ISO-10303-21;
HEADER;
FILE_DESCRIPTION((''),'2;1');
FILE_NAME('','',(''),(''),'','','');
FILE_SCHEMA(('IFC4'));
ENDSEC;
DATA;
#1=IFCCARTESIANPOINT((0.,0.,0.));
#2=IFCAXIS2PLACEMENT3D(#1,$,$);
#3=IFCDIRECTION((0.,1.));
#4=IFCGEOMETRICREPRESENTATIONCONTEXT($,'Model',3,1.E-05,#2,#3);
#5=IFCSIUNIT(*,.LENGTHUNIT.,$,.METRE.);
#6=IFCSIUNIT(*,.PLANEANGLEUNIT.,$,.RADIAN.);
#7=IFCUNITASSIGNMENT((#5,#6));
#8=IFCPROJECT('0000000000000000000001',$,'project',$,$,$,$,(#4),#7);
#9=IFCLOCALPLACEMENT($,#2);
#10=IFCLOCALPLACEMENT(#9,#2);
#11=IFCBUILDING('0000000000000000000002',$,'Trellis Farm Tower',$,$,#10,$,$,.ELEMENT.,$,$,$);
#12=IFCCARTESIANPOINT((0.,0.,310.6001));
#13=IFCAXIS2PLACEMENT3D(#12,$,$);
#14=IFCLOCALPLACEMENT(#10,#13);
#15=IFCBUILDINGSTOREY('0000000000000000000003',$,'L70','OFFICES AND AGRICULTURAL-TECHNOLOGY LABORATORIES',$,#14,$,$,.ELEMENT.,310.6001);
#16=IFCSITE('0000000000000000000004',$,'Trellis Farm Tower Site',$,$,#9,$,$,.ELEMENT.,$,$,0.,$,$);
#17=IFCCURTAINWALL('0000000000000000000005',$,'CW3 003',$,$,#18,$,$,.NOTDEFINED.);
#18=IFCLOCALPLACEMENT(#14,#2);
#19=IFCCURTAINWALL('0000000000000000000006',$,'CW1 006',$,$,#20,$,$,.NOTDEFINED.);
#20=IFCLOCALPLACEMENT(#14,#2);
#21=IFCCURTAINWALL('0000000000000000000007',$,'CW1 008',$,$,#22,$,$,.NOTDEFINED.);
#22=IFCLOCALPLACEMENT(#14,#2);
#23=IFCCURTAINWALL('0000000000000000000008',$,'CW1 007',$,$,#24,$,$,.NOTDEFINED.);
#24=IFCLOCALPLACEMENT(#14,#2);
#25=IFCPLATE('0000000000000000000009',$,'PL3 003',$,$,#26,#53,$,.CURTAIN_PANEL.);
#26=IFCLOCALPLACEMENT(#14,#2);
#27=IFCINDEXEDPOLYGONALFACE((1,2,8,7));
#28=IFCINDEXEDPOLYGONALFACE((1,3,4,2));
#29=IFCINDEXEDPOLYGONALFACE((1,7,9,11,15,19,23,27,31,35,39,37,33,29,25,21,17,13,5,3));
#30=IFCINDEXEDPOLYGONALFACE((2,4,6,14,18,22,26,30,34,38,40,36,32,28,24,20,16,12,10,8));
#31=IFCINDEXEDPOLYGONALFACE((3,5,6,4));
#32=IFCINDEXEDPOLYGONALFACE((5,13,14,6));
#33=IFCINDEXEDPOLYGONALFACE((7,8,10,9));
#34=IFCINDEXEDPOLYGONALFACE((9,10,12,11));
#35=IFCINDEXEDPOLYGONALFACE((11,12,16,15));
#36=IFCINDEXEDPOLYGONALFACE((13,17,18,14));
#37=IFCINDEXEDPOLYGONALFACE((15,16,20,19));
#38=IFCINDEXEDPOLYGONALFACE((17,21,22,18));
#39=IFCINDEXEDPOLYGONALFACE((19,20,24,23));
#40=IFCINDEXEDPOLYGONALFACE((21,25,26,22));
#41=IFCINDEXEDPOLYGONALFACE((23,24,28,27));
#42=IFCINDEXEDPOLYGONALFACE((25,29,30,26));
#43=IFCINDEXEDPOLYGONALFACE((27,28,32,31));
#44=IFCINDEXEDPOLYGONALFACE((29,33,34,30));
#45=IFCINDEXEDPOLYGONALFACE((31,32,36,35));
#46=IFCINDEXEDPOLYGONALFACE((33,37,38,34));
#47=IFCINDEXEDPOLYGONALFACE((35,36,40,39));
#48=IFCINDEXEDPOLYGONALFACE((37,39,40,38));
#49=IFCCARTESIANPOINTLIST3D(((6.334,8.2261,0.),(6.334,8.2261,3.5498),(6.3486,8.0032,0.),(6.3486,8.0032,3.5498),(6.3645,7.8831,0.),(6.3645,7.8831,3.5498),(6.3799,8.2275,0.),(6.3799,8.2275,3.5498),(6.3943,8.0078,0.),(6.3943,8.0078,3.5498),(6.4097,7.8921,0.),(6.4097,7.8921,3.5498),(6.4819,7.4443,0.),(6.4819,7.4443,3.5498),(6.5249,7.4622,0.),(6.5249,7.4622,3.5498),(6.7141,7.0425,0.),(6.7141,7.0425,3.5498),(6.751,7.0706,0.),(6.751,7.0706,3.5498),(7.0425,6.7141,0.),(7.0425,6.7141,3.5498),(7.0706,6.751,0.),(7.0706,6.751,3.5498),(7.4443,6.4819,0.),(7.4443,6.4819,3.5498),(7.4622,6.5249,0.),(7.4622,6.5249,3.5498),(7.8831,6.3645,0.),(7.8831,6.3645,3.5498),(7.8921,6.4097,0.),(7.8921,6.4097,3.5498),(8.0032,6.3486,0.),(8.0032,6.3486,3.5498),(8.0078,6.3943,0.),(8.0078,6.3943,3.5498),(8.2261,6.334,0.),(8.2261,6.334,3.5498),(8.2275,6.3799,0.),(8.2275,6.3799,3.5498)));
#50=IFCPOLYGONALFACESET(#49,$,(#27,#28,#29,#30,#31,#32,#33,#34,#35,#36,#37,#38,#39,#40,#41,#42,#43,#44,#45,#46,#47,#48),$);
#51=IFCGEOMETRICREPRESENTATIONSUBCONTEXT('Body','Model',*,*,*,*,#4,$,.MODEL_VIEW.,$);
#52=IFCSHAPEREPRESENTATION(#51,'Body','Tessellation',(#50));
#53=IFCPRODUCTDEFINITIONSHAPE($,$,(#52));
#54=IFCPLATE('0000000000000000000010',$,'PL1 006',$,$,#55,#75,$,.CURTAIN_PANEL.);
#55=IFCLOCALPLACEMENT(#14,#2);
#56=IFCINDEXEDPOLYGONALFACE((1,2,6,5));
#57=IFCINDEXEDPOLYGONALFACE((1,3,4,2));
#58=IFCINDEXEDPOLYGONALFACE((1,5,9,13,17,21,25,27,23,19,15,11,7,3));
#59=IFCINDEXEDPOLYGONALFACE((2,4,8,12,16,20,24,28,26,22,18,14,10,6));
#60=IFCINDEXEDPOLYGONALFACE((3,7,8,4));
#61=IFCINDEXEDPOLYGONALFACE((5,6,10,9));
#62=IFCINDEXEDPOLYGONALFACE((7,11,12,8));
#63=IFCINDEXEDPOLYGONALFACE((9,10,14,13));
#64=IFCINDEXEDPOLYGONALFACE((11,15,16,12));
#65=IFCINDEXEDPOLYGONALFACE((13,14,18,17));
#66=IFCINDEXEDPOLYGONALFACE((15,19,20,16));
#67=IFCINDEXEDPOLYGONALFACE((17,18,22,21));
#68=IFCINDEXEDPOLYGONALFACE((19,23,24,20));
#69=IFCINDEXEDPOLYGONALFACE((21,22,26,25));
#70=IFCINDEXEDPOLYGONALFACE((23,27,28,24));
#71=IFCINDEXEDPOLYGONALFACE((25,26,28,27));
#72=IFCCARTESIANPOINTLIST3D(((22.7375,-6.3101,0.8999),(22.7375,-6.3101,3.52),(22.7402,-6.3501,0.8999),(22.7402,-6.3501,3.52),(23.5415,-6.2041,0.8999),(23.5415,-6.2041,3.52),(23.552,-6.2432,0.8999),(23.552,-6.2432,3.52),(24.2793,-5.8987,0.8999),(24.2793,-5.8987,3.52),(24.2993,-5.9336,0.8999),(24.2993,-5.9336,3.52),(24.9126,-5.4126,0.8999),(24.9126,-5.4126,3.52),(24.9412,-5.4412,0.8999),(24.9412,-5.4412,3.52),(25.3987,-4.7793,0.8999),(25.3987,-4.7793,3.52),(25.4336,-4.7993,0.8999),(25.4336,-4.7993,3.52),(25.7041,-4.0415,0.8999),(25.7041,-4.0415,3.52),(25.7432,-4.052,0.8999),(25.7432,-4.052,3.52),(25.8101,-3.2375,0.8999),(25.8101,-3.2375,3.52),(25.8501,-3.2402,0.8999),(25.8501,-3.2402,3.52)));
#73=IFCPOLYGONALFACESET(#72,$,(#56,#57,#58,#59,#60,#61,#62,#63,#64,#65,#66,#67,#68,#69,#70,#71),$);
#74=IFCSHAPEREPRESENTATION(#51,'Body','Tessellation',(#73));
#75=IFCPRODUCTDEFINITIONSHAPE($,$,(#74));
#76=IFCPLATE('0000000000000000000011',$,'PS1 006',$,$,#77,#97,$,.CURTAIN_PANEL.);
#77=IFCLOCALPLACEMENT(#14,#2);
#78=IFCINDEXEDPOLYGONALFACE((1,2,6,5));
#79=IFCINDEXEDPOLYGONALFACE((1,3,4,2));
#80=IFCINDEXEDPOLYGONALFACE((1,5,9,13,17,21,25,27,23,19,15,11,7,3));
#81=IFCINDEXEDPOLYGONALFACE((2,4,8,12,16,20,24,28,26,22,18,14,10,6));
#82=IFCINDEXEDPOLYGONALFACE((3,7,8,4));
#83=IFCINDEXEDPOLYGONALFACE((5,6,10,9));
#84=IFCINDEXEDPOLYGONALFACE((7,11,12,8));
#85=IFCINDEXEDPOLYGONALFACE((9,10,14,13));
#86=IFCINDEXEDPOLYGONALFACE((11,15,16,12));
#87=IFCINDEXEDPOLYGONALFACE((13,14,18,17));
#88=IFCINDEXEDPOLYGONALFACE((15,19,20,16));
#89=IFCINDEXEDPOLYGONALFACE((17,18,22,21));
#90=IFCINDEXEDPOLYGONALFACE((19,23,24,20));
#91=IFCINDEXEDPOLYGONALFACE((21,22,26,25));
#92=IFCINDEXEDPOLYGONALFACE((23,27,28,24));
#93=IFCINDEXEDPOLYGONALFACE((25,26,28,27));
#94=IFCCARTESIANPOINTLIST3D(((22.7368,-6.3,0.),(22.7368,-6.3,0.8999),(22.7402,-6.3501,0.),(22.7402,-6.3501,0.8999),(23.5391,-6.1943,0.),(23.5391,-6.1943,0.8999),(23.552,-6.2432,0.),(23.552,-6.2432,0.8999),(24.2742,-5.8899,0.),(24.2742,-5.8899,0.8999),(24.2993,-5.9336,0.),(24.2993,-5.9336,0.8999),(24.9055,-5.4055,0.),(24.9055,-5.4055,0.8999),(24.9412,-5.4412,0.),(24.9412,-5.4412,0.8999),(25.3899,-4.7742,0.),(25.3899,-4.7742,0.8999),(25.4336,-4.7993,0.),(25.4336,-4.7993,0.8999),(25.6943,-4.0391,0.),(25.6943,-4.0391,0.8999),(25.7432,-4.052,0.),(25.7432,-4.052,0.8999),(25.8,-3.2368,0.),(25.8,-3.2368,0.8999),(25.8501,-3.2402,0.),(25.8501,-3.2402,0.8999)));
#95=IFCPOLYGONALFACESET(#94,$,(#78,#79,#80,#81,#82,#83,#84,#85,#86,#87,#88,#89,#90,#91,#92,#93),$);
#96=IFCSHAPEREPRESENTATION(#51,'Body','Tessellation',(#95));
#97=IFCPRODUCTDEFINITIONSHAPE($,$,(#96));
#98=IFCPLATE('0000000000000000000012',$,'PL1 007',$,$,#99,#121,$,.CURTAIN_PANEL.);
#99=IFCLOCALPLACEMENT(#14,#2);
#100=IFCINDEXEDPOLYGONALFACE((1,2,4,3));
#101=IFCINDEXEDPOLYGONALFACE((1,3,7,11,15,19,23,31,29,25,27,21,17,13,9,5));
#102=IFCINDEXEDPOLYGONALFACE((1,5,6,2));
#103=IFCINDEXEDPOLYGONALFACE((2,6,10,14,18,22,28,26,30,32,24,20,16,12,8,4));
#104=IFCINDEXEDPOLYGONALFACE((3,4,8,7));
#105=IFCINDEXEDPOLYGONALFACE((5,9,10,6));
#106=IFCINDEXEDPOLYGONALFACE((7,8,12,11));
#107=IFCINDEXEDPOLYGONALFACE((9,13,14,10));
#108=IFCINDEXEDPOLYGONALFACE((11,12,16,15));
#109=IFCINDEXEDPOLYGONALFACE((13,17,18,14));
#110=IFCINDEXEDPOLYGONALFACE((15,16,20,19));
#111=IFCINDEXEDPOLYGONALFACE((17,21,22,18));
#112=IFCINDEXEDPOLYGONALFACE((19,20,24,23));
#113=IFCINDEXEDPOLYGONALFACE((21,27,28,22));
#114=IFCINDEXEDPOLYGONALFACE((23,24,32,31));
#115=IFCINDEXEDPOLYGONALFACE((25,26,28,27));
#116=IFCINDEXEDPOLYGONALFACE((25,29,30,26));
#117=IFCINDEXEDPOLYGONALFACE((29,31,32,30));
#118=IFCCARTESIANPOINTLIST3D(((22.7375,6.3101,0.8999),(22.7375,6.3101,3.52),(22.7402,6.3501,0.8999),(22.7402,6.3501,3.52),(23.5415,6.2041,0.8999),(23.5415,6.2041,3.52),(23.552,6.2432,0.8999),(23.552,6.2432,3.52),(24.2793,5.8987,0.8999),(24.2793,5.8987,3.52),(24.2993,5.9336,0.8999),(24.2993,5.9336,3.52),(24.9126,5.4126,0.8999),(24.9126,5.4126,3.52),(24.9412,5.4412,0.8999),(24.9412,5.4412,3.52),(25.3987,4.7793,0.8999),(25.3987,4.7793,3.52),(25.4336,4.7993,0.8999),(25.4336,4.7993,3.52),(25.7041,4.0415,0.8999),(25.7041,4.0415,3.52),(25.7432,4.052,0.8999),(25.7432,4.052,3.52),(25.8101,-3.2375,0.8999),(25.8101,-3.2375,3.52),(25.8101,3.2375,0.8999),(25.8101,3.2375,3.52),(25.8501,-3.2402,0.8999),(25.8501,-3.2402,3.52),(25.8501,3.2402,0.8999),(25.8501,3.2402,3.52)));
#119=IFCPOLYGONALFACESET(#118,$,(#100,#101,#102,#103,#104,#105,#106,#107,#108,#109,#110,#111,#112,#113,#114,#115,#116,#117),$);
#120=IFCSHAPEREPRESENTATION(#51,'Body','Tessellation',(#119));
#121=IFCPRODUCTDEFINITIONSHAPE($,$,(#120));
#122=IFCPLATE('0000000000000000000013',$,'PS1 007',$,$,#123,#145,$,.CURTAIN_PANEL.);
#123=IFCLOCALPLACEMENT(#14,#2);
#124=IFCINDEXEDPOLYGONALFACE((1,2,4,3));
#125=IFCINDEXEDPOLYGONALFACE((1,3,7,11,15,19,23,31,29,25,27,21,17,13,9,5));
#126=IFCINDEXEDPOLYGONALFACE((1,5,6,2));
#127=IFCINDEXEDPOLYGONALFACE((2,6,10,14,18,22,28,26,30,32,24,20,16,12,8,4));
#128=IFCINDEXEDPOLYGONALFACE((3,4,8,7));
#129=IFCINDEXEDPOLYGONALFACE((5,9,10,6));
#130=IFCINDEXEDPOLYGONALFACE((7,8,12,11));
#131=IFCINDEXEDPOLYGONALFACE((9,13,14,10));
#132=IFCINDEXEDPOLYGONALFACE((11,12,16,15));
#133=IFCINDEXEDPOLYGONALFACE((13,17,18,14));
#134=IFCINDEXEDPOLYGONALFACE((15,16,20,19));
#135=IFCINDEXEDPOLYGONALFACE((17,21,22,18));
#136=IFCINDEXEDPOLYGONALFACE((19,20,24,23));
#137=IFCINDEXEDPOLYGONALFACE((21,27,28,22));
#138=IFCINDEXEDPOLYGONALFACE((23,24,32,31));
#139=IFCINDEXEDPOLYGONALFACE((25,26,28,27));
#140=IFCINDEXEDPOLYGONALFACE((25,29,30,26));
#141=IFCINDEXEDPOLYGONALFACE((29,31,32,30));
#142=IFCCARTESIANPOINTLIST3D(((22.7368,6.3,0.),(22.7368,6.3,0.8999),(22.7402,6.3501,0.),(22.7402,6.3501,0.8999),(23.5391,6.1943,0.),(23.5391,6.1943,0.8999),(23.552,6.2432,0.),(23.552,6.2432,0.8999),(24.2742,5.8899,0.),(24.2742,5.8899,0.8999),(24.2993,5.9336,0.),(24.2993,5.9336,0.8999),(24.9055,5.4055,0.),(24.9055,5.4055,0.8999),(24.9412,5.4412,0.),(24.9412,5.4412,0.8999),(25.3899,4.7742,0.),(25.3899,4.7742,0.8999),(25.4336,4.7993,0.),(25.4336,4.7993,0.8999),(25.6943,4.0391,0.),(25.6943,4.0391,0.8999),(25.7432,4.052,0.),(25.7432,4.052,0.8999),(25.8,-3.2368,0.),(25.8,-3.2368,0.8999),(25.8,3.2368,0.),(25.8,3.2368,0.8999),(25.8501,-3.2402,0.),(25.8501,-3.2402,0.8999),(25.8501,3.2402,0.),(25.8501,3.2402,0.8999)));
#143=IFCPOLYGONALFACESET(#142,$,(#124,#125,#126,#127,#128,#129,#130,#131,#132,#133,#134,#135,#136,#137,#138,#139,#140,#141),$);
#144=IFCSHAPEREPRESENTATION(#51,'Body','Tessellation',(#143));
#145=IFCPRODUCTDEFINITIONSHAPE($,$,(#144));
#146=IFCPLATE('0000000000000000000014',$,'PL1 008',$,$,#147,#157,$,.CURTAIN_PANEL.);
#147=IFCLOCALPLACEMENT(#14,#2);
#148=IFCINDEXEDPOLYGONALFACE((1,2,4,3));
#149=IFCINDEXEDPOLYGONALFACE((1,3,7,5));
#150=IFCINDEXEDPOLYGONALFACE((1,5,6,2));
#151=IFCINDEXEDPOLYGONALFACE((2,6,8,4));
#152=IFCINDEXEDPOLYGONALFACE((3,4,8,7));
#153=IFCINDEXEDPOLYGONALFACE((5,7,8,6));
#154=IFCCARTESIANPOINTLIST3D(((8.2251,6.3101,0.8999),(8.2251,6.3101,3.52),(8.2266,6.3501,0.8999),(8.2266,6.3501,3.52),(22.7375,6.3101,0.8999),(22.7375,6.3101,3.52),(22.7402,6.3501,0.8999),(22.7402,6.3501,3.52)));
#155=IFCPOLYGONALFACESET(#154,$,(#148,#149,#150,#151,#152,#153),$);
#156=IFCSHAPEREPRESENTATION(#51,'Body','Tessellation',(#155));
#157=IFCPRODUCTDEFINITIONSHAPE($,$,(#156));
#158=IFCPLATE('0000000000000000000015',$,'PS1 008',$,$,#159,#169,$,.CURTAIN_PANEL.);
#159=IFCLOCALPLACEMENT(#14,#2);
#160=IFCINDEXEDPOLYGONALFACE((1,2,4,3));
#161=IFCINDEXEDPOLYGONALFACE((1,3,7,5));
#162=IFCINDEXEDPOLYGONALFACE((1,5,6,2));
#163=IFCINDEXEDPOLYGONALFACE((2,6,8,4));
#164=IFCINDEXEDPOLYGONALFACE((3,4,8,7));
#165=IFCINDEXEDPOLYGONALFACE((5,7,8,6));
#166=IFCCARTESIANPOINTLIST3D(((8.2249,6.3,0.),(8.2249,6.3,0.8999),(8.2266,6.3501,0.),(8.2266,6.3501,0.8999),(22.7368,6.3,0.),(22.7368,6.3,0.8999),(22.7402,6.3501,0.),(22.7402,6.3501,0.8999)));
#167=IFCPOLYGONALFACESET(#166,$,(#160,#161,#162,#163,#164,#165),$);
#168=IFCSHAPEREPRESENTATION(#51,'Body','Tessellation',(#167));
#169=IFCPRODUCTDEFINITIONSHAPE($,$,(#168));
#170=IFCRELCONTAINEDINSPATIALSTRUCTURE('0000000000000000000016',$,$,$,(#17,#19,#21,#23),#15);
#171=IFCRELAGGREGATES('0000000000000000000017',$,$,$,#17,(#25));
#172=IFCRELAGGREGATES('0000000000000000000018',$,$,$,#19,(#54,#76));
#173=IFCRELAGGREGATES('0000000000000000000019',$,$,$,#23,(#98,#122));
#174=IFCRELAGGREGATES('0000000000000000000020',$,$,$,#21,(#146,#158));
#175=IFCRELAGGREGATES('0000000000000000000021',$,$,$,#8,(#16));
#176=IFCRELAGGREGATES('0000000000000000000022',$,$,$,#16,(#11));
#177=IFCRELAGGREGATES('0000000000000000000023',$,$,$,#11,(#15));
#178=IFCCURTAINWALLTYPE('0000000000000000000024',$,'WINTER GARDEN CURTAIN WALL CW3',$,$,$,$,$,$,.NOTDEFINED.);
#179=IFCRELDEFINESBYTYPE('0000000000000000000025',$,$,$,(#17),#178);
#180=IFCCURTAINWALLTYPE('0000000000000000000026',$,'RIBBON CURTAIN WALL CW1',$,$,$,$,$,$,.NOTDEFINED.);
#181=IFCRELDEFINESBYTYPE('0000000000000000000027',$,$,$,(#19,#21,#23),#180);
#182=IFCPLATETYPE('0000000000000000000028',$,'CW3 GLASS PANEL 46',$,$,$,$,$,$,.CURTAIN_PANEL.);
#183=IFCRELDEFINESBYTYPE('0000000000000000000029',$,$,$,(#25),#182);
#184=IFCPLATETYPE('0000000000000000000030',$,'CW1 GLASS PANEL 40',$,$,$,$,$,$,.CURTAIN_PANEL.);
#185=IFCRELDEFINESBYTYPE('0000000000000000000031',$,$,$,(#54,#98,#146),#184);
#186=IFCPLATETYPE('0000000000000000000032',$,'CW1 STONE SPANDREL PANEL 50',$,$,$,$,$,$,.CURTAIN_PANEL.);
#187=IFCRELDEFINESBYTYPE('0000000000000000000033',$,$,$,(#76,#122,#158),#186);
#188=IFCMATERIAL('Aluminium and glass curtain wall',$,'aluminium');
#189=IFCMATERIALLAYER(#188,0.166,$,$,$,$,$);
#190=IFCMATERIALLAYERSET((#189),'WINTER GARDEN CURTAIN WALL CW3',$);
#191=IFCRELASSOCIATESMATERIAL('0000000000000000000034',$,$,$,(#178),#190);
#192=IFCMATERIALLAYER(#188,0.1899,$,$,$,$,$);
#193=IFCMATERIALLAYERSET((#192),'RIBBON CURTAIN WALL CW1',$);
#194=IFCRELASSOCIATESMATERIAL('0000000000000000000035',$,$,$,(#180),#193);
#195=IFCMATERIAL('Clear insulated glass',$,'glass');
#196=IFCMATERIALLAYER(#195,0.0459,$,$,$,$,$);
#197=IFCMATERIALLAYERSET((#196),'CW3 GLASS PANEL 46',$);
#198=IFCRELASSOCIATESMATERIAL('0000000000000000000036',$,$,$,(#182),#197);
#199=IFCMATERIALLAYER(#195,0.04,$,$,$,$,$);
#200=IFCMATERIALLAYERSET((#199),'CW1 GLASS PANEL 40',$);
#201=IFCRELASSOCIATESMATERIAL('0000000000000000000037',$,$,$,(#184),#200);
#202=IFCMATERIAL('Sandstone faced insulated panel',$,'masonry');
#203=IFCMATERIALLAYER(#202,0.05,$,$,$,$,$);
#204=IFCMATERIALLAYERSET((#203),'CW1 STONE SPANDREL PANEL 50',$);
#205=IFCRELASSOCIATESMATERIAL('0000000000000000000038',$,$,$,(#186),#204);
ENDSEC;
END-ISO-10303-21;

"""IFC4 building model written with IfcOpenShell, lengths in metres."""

from ifc_helpers import new_model, si_unit, direction, frame, origin, place, context, subcontext, project, spatial, polyline, outline, extrude, source, transform, mapped, material, layer, layer_set, type_object, element, aggregate, save


model = new_model("IFC4")

# Units and contexts
model_context = context("Model", 3, precision=1e-05, world=origin(), true_north=direction((0.0, 1.0)))
body_context = subcontext(model_context, "Body", "Model", "MODEL_VIEW")
ifc_project = project(units=[si_unit("LENGTHUNIT", "METRE"), si_unit("PLANEANGLEUNIT", "RADIAN")], contexts=[model_context])

# Site, building, storey
site_placement = place(None, origin())
site = spatial("IfcSite", under=ifc_project, at=site_placement, Name="Trellis Farm Tower Site", CompositionType="ELEMENT", RefElevation=0.0)
building_placement = place(site_placement, origin())
building = spatial("IfcBuilding", under=site, at=building_placement, Name="Trellis Farm Tower", CompositionType="ELEMENT")
storey_placement = place(building_placement, frame((0.0, 0.0, 310.6001)))
storey = spatial("IfcBuildingStorey", under=building, at=storey_placement, Name="L70", Description="OFFICES AND AGRICULTURAL-TECHNOLOGY LABORATORIES", CompositionType="ELEMENT", Elevation=310.6001)

# Curtain walls
ifc_material_1 = material(Name="Aluminium and glass curtain wall", Category="aluminium")
ifc_layer_1 = layer(ifc_material_1, 0.166)
ifc_layer_set_1 = layer_set([ifc_layer_1], Name="WINTER GARDEN CURTAIN WALL CW3")
curtain_wall_type_1 = type_object("IfcCurtainWallType", Name="WINTER GARDEN CURTAIN WALL CW3", PredefinedType="NOTDEFINED", material=ifc_layer_set_1)
placement_1 = place(storey_placement, origin())
curtain_wall_1 = element("IfcCurtainWall", 1, at=placement_1, inside=storey, type_object=curtain_wall_type_1, Name="CW3 003", PredefinedType="NOTDEFINED")
ifc_layer_2 = layer(ifc_material_1, 0.1899)
ifc_layer_set_2 = layer_set([ifc_layer_2], Name="RIBBON CURTAIN WALL CW1")
curtain_wall_type_2 = type_object("IfcCurtainWallType", Name="RIBBON CURTAIN WALL CW1", PredefinedType="NOTDEFINED", material=ifc_layer_set_2)
curtain_wall_2 = element("IfcCurtainWall", 2, at=placement_1, inside=storey, type_object=curtain_wall_type_2, Name="CW1 006", PredefinedType="NOTDEFINED")
curtain_wall_3 = element("IfcCurtainWall", 3, at=placement_1, inside=storey, type_object=curtain_wall_type_2, Name="CW1 008", PredefinedType="NOTDEFINED")
curtain_wall_4 = element("IfcCurtainWall", 4, at=placement_1, inside=storey, type_object=curtain_wall_type_2, Name="CW1 007", PredefinedType="NOTDEFINED")

# Plates
ifc_material_2 = material(Name="Clear insulated glass", Category="glass")
ifc_layer_3 = layer(ifc_material_2, 0.0459)
ifc_layer_set_3 = layer_set([ifc_layer_3], Name="CW3 GLASS PANEL 46")
plate_type_1 = type_object("IfcPlateType", Name="CW3 GLASS PANEL 46", PredefinedType="CURTAIN_PANEL", material=ifc_layer_set_3)
shared_shape_1 = source(origin(), body_context, "Body", "SweptSolid", [
    extrude(outline(polyline([(8.2275, 6.3799), (8.0078, 6.3943), (7.8921, 6.4097), (7.4622, 6.5249), (7.0706, 6.751), (6.751, 7.0706), (6.5249, 7.4622), (6.4097, 7.8921), (6.3943, 8.0078), (6.3799, 8.2275), (6.334, 8.2261), (6.3486, 8.0032), (6.3645, 7.8831), (6.4819, 7.4443), (6.7141, 7.0425), (7.0425, 6.7141), (7.4443, 6.4819), (7.8831, 6.3645), (8.0032, 6.3486), (8.2261, 6.334), (8.2275, 6.3799)])), origin(), (0.0, 0.0, 1.0), 3.5498),
])
plate_1 = element("IfcPlate", 5, at=placement_1, type_object=plate_type_1, Name="PL3 003", PredefinedType="CURTAIN_PANEL", context=body_context, shape_type="MappedRepresentation", body=[
    mapped(shared_shape_1, transform((0.0, 0.0, 0.0))),
])
aggregate(curtain_wall_1, [plate_1])
ifc_layer_4 = layer(ifc_material_2, 0.04)
ifc_layer_set_4 = layer_set([ifc_layer_4], Name="CW1 GLASS PANEL 40")
plate_type_2 = type_object("IfcPlateType", Name="CW1 GLASS PANEL 40", PredefinedType="CURTAIN_PANEL", material=ifc_layer_set_4)
shared_shape_2 = source(origin(), body_context, "Body", "SweptSolid", [
    extrude(outline(polyline([(22.7402, -6.3501), (23.552, -6.2432), (24.2993, -5.9336), (24.9412, -5.4412), (25.4336, -4.7993), (25.7432, -4.052), (25.8501, -3.2402), (25.8101, -3.2375), (25.7041, -4.0415), (25.3987, -4.7793), (24.9126, -5.4126), (24.2793, -5.8987), (23.5415, -6.2041), (22.7375, -6.3101), (22.7402, -6.3501)])), origin(), (0.0, 0.0, 1.0), 2.6201),
])
placement_2 = place(storey_placement, frame((0.0, 0.0, 0.8999)))
plate_2 = element("IfcPlate", 6, at=placement_2, type_object=plate_type_2, Name="PL1 006", PredefinedType="CURTAIN_PANEL", context=body_context, shape_type="MappedRepresentation", body=[
    mapped(shared_shape_2, transform((0.0, 0.0, 0.0))),
])
ifc_material_3 = material(Name="Sandstone faced insulated panel", Category="masonry")
ifc_layer_5 = layer(ifc_material_3, 0.05)
ifc_layer_set_5 = layer_set([ifc_layer_5], Name="CW1 STONE SPANDREL PANEL 50")
plate_type_3 = type_object("IfcPlateType", Name="CW1 STONE SPANDREL PANEL 50", PredefinedType="CURTAIN_PANEL", material=ifc_layer_set_5)
shared_shape_3 = source(origin(), body_context, "Body", "SweptSolid", [
    extrude(outline(polyline([(22.7402, -6.3501), (23.552, -6.2432), (24.2993, -5.9336), (24.9412, -5.4412), (25.4336, -4.7993), (25.7432, -4.052), (25.8501, -3.2402), (25.8, -3.2368), (25.6943, -4.0391), (25.3899, -4.7742), (24.9055, -5.4055), (24.2742, -5.8899), (23.5391, -6.1943), (22.7368, -6.3), (22.7402, -6.3501)])), origin(), (0.0, 0.0, 1.0), 0.8999),
])
plate_3 = element("IfcPlate", 7, at=placement_1, type_object=plate_type_3, Name="PS1 006", PredefinedType="CURTAIN_PANEL", context=body_context, shape_type="MappedRepresentation", body=[
    mapped(shared_shape_3, transform((0.0, 0.0, 0.0))),
])
aggregate(curtain_wall_2, [plate_2, plate_3])
shared_shape_4 = source(origin(), body_context, "Body", "SweptSolid", [
    extrude(outline(polyline([(25.8501, -3.2402), (25.8501, 3.2402), (25.7432, 4.052), (25.4336, 4.7993), (24.9412, 5.4412), (24.2993, 5.9336), (23.552, 6.2432), (22.7402, 6.3501), (22.7375, 6.3101), (23.5415, 6.2041), (24.2793, 5.8987), (24.9126, 5.4126), (25.3987, 4.7793), (25.7041, 4.0415), (25.8101, 3.2375), (25.8101, -3.2375), (25.8501, -3.2402)])), origin(), (0.0, 0.0, 1.0), 2.6201),
])
plate_4 = element("IfcPlate", 8, at=placement_2, type_object=plate_type_2, Name="PL1 007", PredefinedType="CURTAIN_PANEL", context=body_context, shape_type="MappedRepresentation", body=[
    mapped(shared_shape_4, transform((0.0, 0.0, 0.0))),
])
shared_shape_5 = source(origin(), body_context, "Body", "SweptSolid", [
    extrude(outline(polyline([(25.8501, -3.2402), (25.8501, 3.2402), (25.7432, 4.052), (25.4336, 4.7993), (24.9412, 5.4412), (24.2993, 5.9336), (23.552, 6.2432), (22.7402, 6.3501), (22.7368, 6.3), (23.5391, 6.1943), (24.2742, 5.8899), (24.9055, 5.4055), (25.3899, 4.7742), (25.6943, 4.0391), (25.8, 3.2368), (25.8, -3.2368), (25.8501, -3.2402)])), origin(), (0.0, 0.0, 1.0), 0.8999),
])
plate_5 = element("IfcPlate", 9, at=placement_1, type_object=plate_type_3, Name="PS1 007", PredefinedType="CURTAIN_PANEL", context=body_context, shape_type="MappedRepresentation", body=[
    mapped(shared_shape_5, transform((0.0, 0.0, 0.0))),
])
aggregate(curtain_wall_4, [plate_4, plate_5])
shared_shape_6 = source(origin(), body_context, "Body", "SweptSolid", [
    extrude(outline(polyline([(22.7402, 6.3501), (8.2266, 6.3501), (8.2251, 6.3101), (22.7375, 6.3101), (22.7402, 6.3501)])), origin(), (0.0, 0.0, 1.0), 2.6201),
])
plate_6 = element("IfcPlate", 10, at=placement_2, type_object=plate_type_2, Name="PL1 008", PredefinedType="CURTAIN_PANEL", context=body_context, shape_type="MappedRepresentation", body=[
    mapped(shared_shape_6, transform((0.0, 0.0, 0.0))),
])
shared_shape_7 = source(origin(), body_context, "Body", "SweptSolid", [
    extrude(outline(polyline([(22.7402, 6.3501), (8.2266, 6.3501), (8.2249, 6.3), (22.7368, 6.3), (22.7402, 6.3501)])), origin(), (0.0, 0.0, 1.0), 0.8999),
])
plate_7 = element("IfcPlate", 11, at=placement_1, type_object=plate_type_3, Name="PS1 008", PredefinedType="CURTAIN_PANEL", context=body_context, shape_type="MappedRepresentation", body=[
    mapped(shared_shape_7, transform((0.0, 0.0, 0.0))),
])
aggregate(curtain_wall_3, [plate_6, plate_7])

save(model, "model.ifc")
